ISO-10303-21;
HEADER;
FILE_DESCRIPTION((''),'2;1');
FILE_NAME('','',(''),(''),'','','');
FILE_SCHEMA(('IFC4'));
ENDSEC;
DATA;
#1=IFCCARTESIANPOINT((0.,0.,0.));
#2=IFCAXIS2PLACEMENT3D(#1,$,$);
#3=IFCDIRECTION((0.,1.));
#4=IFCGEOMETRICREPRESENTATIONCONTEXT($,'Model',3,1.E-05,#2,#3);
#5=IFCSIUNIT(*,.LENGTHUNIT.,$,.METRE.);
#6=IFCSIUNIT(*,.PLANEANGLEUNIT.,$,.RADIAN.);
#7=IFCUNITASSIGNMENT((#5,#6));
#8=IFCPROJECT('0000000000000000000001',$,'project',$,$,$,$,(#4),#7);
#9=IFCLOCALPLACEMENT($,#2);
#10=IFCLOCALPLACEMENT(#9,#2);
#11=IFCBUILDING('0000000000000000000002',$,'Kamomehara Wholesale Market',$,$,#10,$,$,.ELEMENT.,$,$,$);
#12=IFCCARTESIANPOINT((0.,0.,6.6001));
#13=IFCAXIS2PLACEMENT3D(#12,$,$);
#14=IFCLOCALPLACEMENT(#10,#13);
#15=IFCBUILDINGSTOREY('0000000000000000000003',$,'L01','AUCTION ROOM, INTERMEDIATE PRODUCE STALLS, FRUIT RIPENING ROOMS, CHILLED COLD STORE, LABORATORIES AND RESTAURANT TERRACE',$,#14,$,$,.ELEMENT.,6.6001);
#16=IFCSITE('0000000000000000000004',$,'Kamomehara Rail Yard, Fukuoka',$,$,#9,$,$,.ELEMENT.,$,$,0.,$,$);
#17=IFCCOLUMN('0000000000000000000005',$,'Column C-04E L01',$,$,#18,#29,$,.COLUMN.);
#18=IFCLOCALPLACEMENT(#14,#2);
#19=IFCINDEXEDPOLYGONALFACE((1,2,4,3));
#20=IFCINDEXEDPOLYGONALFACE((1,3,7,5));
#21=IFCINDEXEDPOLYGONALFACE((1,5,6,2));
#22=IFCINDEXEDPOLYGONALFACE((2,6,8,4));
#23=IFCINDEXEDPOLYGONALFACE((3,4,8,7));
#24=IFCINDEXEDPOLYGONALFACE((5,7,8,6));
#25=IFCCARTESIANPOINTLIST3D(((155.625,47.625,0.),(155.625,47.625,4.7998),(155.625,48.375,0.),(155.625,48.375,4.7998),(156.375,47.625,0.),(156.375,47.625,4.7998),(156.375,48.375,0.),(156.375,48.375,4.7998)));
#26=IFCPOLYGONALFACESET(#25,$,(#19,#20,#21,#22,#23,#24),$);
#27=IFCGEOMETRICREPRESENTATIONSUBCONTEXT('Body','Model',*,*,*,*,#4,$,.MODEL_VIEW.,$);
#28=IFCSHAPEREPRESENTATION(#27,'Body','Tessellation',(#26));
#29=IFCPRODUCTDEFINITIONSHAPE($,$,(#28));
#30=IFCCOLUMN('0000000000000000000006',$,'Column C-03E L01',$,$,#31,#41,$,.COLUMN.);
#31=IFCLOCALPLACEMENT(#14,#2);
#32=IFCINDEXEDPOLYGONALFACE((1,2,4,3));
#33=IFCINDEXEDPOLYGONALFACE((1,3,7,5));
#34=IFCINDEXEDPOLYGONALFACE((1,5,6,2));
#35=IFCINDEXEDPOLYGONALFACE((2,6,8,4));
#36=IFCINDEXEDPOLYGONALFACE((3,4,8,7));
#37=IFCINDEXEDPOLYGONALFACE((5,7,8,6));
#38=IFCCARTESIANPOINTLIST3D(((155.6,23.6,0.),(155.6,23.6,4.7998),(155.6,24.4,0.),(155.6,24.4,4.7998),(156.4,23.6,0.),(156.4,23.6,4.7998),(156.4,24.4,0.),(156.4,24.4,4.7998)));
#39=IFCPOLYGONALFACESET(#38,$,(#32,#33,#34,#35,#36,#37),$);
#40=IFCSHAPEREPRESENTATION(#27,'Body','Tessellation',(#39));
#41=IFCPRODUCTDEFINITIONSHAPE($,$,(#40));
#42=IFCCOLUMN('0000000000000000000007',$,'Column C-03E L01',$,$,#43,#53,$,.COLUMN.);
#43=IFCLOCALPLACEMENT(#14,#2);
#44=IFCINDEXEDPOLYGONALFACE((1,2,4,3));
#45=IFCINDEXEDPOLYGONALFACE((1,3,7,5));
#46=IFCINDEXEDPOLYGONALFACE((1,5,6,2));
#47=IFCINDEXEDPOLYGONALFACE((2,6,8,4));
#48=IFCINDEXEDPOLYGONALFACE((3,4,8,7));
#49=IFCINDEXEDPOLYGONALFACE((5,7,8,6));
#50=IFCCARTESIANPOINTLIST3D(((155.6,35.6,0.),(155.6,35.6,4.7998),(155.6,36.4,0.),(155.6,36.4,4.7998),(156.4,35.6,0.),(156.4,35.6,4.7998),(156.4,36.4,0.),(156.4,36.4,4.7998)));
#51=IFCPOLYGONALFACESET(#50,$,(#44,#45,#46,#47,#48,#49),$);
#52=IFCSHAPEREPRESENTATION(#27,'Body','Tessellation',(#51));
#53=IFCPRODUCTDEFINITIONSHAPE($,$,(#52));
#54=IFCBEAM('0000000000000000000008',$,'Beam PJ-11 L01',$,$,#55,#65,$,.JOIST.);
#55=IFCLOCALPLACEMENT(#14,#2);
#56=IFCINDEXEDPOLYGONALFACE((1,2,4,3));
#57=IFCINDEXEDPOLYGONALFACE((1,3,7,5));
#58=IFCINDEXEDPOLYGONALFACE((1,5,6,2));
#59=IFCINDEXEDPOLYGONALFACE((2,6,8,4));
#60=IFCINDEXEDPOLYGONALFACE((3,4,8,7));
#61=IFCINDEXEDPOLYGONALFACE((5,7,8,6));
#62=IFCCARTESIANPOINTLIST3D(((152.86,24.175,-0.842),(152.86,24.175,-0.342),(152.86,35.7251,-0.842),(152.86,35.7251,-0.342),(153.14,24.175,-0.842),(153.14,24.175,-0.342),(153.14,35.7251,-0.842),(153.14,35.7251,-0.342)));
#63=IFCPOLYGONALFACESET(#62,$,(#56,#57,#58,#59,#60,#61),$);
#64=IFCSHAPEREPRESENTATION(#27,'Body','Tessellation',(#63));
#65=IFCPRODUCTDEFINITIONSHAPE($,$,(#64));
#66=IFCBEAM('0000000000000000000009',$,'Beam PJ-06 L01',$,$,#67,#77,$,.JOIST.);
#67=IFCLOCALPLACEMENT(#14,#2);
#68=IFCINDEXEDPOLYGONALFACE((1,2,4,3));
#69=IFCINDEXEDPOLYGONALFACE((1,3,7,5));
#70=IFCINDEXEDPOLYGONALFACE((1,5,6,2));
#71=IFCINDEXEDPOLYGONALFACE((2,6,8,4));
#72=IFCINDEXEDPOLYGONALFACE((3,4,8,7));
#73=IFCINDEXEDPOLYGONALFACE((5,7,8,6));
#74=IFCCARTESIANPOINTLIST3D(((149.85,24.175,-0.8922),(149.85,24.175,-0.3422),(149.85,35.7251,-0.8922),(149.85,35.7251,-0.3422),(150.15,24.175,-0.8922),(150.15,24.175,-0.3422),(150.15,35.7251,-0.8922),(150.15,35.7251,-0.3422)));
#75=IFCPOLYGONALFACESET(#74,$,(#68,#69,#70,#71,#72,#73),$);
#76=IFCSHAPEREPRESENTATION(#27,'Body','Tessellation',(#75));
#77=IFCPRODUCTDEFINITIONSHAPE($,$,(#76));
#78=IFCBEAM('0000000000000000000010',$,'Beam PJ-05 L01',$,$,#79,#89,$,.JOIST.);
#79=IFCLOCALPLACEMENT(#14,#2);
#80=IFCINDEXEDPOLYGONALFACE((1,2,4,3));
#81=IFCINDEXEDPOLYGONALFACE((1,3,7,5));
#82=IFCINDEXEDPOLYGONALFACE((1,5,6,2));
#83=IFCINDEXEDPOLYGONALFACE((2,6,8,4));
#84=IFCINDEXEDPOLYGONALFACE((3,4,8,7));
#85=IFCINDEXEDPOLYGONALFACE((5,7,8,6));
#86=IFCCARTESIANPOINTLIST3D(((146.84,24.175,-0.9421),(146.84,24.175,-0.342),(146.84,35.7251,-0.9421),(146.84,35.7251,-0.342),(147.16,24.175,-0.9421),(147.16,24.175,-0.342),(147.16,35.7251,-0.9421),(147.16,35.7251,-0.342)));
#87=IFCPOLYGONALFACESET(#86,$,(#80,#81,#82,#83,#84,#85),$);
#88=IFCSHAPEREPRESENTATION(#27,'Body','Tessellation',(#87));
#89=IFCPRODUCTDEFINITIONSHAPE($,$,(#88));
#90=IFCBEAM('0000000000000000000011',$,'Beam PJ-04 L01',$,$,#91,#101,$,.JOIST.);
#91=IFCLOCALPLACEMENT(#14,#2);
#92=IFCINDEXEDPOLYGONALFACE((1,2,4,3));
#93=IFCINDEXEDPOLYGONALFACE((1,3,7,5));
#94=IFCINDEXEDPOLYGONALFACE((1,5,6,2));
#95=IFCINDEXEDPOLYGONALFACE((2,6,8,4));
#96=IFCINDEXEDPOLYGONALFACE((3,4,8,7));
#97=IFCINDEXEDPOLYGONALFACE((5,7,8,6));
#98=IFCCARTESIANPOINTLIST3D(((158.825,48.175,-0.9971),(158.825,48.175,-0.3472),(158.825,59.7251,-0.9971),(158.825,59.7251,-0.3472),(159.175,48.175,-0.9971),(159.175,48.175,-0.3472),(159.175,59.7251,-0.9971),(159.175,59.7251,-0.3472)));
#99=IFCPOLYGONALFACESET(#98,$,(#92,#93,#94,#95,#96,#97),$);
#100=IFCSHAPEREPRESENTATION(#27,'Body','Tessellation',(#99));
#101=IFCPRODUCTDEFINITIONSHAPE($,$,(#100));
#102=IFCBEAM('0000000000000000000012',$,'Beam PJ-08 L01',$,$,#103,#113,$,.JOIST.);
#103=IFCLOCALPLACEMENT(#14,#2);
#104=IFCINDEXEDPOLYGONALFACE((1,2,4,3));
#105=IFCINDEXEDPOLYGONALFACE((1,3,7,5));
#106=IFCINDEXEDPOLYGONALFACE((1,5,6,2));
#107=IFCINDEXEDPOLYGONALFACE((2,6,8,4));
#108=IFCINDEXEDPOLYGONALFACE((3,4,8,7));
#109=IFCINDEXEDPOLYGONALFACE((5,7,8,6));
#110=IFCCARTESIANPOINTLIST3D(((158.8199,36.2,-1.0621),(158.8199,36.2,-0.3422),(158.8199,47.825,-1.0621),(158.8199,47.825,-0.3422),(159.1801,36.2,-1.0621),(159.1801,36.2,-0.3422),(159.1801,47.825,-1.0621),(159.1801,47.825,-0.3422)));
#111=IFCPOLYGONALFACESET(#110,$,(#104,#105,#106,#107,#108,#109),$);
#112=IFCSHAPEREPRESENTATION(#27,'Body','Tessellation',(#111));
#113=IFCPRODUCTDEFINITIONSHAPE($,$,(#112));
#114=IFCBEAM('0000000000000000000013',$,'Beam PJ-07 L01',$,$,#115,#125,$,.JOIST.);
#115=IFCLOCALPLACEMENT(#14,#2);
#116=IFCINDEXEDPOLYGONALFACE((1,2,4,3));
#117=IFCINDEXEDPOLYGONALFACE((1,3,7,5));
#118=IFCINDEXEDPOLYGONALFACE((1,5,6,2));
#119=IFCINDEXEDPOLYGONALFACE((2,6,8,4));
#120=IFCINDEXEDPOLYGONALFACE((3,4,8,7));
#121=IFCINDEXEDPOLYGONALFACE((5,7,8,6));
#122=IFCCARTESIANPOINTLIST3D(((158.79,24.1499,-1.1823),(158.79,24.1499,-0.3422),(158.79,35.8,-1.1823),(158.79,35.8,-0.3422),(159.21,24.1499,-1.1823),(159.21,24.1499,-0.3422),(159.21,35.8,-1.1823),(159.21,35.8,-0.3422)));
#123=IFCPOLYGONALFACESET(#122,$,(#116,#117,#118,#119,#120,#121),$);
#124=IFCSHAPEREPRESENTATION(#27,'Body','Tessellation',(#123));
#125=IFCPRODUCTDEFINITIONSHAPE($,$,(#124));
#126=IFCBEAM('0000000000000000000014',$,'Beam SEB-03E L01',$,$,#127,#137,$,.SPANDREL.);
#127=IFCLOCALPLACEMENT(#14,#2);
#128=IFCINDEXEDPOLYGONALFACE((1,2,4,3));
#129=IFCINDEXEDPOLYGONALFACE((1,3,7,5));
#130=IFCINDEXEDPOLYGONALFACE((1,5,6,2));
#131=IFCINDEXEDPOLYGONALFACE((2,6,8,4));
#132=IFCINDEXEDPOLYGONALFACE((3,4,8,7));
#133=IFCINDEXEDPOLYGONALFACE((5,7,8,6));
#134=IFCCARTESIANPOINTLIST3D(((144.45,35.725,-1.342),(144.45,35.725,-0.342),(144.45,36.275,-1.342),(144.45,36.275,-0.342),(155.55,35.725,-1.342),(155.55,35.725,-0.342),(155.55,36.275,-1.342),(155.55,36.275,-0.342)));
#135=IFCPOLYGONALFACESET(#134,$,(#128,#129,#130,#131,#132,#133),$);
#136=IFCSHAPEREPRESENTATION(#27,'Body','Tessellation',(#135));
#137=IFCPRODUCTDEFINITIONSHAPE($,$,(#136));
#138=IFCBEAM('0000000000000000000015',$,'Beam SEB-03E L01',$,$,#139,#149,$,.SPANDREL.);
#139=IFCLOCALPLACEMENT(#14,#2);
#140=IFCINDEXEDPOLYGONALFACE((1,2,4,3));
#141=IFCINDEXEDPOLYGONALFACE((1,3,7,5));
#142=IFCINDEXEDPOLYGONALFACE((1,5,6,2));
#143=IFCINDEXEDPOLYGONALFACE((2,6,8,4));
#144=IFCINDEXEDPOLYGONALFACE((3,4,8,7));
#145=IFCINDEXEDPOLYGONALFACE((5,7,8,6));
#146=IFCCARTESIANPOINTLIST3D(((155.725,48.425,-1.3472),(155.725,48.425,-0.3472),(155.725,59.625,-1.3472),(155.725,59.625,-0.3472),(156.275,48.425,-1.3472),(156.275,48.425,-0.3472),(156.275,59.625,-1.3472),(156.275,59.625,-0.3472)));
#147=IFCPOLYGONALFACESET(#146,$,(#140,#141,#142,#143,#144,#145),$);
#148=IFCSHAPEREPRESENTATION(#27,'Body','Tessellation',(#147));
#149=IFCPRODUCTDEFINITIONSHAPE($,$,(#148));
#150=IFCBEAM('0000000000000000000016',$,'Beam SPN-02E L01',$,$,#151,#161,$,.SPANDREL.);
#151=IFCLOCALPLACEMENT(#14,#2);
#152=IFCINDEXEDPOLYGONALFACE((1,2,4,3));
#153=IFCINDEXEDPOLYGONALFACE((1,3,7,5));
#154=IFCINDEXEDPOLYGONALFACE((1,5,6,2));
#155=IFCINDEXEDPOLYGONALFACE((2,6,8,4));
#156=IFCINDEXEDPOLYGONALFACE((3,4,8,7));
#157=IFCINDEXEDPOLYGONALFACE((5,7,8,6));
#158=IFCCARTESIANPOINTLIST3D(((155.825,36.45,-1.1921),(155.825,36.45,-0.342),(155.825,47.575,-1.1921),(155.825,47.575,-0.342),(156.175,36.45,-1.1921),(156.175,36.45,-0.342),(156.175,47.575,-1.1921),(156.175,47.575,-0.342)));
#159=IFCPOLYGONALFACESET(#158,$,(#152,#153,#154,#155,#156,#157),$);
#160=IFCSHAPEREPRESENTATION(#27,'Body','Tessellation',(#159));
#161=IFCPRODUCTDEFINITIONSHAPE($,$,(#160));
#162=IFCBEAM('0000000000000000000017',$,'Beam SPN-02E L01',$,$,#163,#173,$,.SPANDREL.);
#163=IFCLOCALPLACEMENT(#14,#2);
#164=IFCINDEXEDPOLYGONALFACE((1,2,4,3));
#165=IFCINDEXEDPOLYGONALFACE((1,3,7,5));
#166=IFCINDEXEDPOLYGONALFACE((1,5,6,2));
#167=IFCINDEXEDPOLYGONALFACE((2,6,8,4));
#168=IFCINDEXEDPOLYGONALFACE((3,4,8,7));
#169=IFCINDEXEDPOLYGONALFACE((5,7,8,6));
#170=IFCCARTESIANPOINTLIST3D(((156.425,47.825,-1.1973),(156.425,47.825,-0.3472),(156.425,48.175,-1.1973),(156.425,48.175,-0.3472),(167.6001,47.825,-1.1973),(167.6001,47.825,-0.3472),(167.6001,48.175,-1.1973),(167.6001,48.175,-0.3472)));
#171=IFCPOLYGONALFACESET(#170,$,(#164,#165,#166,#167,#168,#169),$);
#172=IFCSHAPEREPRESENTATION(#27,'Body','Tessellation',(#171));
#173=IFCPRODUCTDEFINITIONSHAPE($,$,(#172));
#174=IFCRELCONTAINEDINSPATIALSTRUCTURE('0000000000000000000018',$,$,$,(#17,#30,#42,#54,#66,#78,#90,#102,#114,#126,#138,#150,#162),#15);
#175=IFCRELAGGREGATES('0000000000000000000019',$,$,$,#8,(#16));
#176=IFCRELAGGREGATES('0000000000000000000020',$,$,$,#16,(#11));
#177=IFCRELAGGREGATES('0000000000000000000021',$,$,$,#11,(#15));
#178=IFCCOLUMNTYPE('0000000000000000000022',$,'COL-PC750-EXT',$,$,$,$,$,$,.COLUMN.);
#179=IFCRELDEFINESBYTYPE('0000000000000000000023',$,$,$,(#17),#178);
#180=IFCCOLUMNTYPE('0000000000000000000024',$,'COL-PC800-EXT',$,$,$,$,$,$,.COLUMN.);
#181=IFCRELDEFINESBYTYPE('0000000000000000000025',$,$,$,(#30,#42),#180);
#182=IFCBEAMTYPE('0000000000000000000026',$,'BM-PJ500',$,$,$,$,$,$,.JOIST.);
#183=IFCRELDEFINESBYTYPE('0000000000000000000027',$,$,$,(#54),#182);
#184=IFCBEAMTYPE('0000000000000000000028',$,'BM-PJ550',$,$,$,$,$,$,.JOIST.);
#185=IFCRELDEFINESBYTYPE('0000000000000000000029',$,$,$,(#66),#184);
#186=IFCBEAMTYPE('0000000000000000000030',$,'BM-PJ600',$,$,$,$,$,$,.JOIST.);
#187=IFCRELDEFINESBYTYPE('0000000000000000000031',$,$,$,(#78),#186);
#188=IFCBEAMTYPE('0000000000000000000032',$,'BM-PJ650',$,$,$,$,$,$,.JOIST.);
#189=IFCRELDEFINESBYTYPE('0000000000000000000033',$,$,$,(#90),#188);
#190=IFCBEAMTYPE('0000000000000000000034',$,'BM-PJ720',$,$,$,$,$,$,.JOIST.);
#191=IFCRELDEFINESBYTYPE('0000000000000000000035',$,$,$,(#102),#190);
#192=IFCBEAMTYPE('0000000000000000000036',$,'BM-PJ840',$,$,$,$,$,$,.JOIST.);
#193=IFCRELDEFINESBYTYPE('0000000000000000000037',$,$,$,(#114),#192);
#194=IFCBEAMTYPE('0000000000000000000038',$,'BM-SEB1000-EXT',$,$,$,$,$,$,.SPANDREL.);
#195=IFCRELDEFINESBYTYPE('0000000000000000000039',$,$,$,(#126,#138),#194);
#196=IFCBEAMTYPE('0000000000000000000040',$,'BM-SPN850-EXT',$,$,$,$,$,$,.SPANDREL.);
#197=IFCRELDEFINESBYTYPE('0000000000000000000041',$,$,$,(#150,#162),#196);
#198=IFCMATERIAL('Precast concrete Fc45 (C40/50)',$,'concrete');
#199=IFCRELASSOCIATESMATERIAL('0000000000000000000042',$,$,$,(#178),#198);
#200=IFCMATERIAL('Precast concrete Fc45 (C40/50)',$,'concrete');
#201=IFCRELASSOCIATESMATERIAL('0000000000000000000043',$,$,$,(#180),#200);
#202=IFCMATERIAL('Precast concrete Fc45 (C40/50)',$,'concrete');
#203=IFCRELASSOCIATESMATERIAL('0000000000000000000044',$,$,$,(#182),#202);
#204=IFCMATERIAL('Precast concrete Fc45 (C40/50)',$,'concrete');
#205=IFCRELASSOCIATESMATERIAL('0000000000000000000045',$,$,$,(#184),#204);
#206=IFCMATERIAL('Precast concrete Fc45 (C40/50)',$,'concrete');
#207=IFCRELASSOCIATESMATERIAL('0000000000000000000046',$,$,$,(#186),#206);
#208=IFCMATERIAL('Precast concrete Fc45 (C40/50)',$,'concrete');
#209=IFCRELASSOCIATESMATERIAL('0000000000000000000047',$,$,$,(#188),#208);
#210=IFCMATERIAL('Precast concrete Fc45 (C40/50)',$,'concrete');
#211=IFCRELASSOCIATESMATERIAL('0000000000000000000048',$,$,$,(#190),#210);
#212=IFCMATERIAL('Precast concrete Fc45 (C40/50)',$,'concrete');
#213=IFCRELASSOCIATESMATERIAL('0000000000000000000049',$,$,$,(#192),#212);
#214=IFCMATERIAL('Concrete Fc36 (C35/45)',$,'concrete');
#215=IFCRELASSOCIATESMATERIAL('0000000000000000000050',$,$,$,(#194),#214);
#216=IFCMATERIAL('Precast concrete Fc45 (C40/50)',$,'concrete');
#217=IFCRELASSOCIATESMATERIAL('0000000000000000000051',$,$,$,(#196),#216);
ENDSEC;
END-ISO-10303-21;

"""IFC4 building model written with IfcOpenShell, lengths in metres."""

from ifc_helpers import new_model, si_unit, direction, frame, origin, origin_2d, place, context, subcontext, project, spatial, rectangle, extrude, material, material_profile, profile_set, type_object, element, save


model = new_model("IFC4")

# Units and contexts
model_context = context("Model", 3, precision=1e-05, world=origin(), true_north=direction((0.0, 1.0)))
body_context = subcontext(model_context, "Body", "Model", "MODEL_VIEW")
ifc_project = project(units=[si_unit("LENGTHUNIT", "METRE"), si_unit("PLANEANGLEUNIT", "RADIAN")], contexts=[model_context])

# Site, building, storey
site_placement = place(None, origin())
site = spatial("IfcSite", under=ifc_project, at=site_placement, Name="Kamomehara Rail Yard, Fukuoka", CompositionType="ELEMENT", RefElevation=0.0)
building_placement = place(site_placement, origin())
building = spatial("IfcBuilding", under=site, at=building_placement, Name="Kamomehara Wholesale Market", CompositionType="ELEMENT")
storey_placement = place(building_placement, frame((0.0, 0.0, 6.6001)))
storey = spatial("IfcBuildingStorey", under=building, at=storey_placement, Name="L01", Description="AUCTION ROOM, INTERMEDIATE PRODUCE STALLS, FRUIT RIPENING ROOMS, CHILLED COLD STORE, LABORATORIES AND RESTAURANT TERRACE", CompositionType="ELEMENT", Elevation=6.6001)

# Columns
ifc_material_1 = material(Name="Precast concrete Fc45 (C40/50)", Category="concrete")
ifc_material_profile_1 = material_profile(ifc_material_1, rectangle(XDim=0.75, YDim=0.75, at=origin_2d()), Name="PC-COL-750x750")
ifc_profile_set_1 = profile_set([ifc_material_profile_1], Name="Precast concrete Fc45 (C40/50)")
column_type_1 = type_object("IfcColumnType", Name="COL-PC750-EXT", PredefinedType="COLUMN", material=ifc_profile_set_1)
column_placement = place(storey_placement, frame((156.0, 48.0, 0.0), z_axis=(0.0, 0.0, 1.0), x_axis=(1.0, 0.0, 0.0)))
element("IfcColumn", 1, at=column_placement, inside=storey, type_object=column_type_1, Name="Column C-04E L01", PredefinedType="COLUMN", context=body_context, shape_type="SweptSolid", body=[
    extrude(rectangle(XDim=0.75, YDim=0.75, at=origin_2d()), origin(), (0.0, 0.0, 1.0), 4.7998),
])
ifc_material_2 = material(Name="Precast concrete Fc45 (C40/50)", Category="concrete")
ifc_material_profile_2 = material_profile(ifc_material_2, rectangle(XDim=0.8, YDim=0.8, at=origin_2d()), Name="PC-COL-800x800")
ifc_profile_set_2 = profile_set([ifc_material_profile_2], Name="Precast concrete Fc45 (C40/50)")
column_type_2 = type_object("IfcColumnType", Name="COL-PC800-EXT", PredefinedType="COLUMN", material=ifc_profile_set_2)
for number, where, z_axis, x_axis, name in (
    (2, (156.0, 24.0, 0.0), (0.0, 0.0, 1.0), (1.0, 0.0, 0.0), "Column C-03E L01"),
    (3, (156.0, 36.0, 0.0), (0.0, 0.0, 1.0), (1.0, 0.0, 0.0), "Column C-03E L01"),
):
    element("IfcColumn", number, at=place(storey_placement, frame(where, z_axis=z_axis, x_axis=x_axis)), inside=storey, type_object=column_type_2, Name=name, PredefinedType="COLUMN", context=body_context, shape_type="SweptSolid", body=[
        extrude(rectangle(XDim=0.8, YDim=0.8, at=origin_2d()), origin(), (0.0, 0.0, 1.0), 4.7998),
    ])

# Beams
ifc_material_3 = material(Name="Precast concrete Fc45 (C40/50)", Category="concrete")
ifc_material_profile_3 = material_profile(ifc_material_3, rectangle(XDim=0.28, YDim=0.5, at=origin_2d()), Name="PC-JST-280x500")
ifc_profile_set_3 = profile_set([ifc_material_profile_3], Name="Precast concrete Fc45 (C40/50)")
beam_type_1 = type_object("IfcBeamType", Name="BM-PJ500", PredefinedType="JOIST", material=ifc_profile_set_3)
beam_1_placement = place(storey_placement, frame((153.0, 24.175, -0.592), z_axis=(0.0, 1.0, 0.0), x_axis=(-1.0, 0.0, 0.0)))
element("IfcBeam", 4, at=beam_1_placement, inside=storey, type_object=beam_type_1, Name="Beam PJ-11 L01", PredefinedType="JOIST", context=body_context, shape_type="SweptSolid", body=[
    extrude(rectangle(XDim=0.28, YDim=0.5, at=origin_2d()), origin(), (0.0, 0.0, 1.0), 11.55),
])
ifc_material_4 = material(Name="Precast concrete Fc45 (C40/50)", Category="concrete")
ifc_material_profile_4 = material_profile(ifc_material_4, rectangle(XDim=0.3, YDim=0.55, at=origin_2d()), Name="PC-JST-300x550")
ifc_profile_set_4 = profile_set([ifc_material_profile_4], Name="Precast concrete Fc45 (C40/50)")
beam_type_2 = type_object("IfcBeamType", Name="BM-PJ550", PredefinedType="JOIST", material=ifc_profile_set_4)
beam_2_placement = place(storey_placement, frame((150.0, 24.175, -0.6172), z_axis=(0.0, 1.0, 0.0), x_axis=(-1.0, 0.0, 0.0)))
element("IfcBeam", 5, at=beam_2_placement, inside=storey, type_object=beam_type_2, Name="Beam PJ-06 L01", PredefinedType="JOIST", context=body_context, shape_type="SweptSolid", body=[
    extrude(rectangle(XDim=0.3, YDim=0.55, at=origin_2d()), origin(), (0.0, 0.0, 1.0), 11.55),
])
ifc_material_5 = material(Name="Precast concrete Fc45 (C40/50)", Category="concrete")
ifc_material_profile_5 = material_profile(ifc_material_5, rectangle(XDim=0.3201, YDim=0.6001, at=origin_2d()), Name="PC-JST-320x600")
ifc_profile_set_5 = profile_set([ifc_material_profile_5], Name="Precast concrete Fc45 (C40/50)")
beam_type_3 = type_object("IfcBeamType", Name="BM-PJ600", PredefinedType="JOIST", material=ifc_profile_set_5)
beam_3_placement = place(storey_placement, frame((147.0, 24.175, -0.6421), z_axis=(0.0, 1.0, 0.0), x_axis=(-1.0, 0.0, 0.0)))
element("IfcBeam", 6, at=beam_3_placement, inside=storey, type_object=beam_type_3, Name="Beam PJ-05 L01", PredefinedType="JOIST", context=body_context, shape_type="SweptSolid", body=[
    extrude(rectangle(XDim=0.3201, YDim=0.6001, at=origin_2d()), origin(), (0.0, 0.0, 1.0), 11.55),
])
ifc_material_6 = material(Name="Precast concrete Fc45 (C40/50)", Category="concrete")
ifc_material_profile_6 = material_profile(ifc_material_6, rectangle(XDim=0.3501, YDim=0.6499, at=origin_2d()), Name="PC-JST-350x650")
ifc_profile_set_6 = profile_set([ifc_material_profile_6], Name="Precast concrete Fc45 (C40/50)")
beam_type_4 = type_object("IfcBeamType", Name="BM-PJ650", PredefinedType="JOIST", material=ifc_profile_set_6)
beam_4_placement = place(storey_placement, frame((159.0, 48.175, -0.6721), z_axis=(0.0, 1.0, 0.0), x_axis=(-1.0, 0.0, 0.0)))
element("IfcBeam", 7, at=beam_4_placement, inside=storey, type_object=beam_type_4, Name="Beam PJ-04 L01", PredefinedType="JOIST", context=body_context, shape_type="SweptSolid", body=[
    extrude(rectangle(XDim=0.3501, YDim=0.6499, at=origin_2d()), origin(), (0.0, 0.0, 1.0), 11.55),
])
ifc_material_7 = material(Name="Precast concrete Fc45 (C40/50)", Category="concrete")
ifc_material_profile_7 = material_profile(ifc_material_7, rectangle(XDim=0.3601, YDim=0.72, at=origin_2d()), Name="PC-JST-360x720")
ifc_profile_set_7 = profile_set([ifc_material_profile_7], Name="Precast concrete Fc45 (C40/50)")
beam_type_5 = type_object("IfcBeamType", Name="BM-PJ720", PredefinedType="JOIST", material=ifc_profile_set_7)
beam_5_placement = place(storey_placement, frame((159.0, 36.2, -0.7021), z_axis=(0.0, 1.0, 0.0), x_axis=(-1.0, 0.0, 0.0)))
element("IfcBeam", 8, at=beam_5_placement, inside=storey, type_object=beam_type_5, Name="Beam PJ-08 L01", PredefinedType="JOIST", context=body_context, shape_type="SweptSolid", body=[
    extrude(rectangle(XDim=0.3601, YDim=0.72, at=origin_2d()), origin(), (0.0, 0.0, 1.0), 11.625),
])
ifc_material_8 = material(Name="Precast concrete Fc45 (C40/50)", Category="concrete")
ifc_material_profile_8 = material_profile(ifc_material_8, rectangle(XDim=0.4199, YDim=0.8401, at=origin_2d()), Name="PC-JST-420x840")
ifc_profile_set_8 = profile_set([ifc_material_profile_8], Name="Precast concrete Fc45 (C40/50)")
beam_type_6 = type_object("IfcBeamType", Name="BM-PJ840", PredefinedType="JOIST", material=ifc_profile_set_8)
beam_6_placement = place(storey_placement, frame((159.0, 24.1499, -0.7622), z_axis=(0.0, 1.0, 0.0), x_axis=(-1.0, 0.0, 0.0)))
element("IfcBeam", 9, at=beam_6_placement, inside=storey, type_object=beam_type_6, Name="Beam PJ-07 L01", PredefinedType="JOIST", context=body_context, shape_type="SweptSolid", body=[
    extrude(rectangle(XDim=0.4199, YDim=0.8401, at=origin_2d()), origin(), (0.0, 0.0, 1.0), 11.6501),
])
ifc_material_9 = material(Name="Concrete Fc36 (C35/45)", Category="concrete")
ifc_material_profile_9 = material_profile(ifc_material_9, rectangle(XDim=0.55, YDim=1.0, at=origin_2d()), Name="RC-SEB-550x1000")
ifc_profile_set_9 = profile_set([ifc_material_profile_9], Name="Concrete Fc36 (C35/45)")
beam_type_7 = type_object("IfcBeamType", Name="BM-SEB1000-EXT", PredefinedType="SPANDREL", material=ifc_profile_set_9)
beam_7_placement = place(storey_placement, frame((144.45, 36.0, -0.842), z_axis=(1.0, 0.0, 0.0), x_axis=(0.0, 1.0, 0.0)))
element("IfcBeam", 10, at=beam_7_placement, inside=storey, type_object=beam_type_7, Name="Beam SEB-03E L01", PredefinedType="SPANDREL", context=body_context, shape_type="SweptSolid", body=[
    extrude(rectangle(XDim=0.55, YDim=1.0, at=origin_2d()), origin(), (0.0, 0.0, 1.0), 11.1001),
])
beam_8_placement = place(storey_placement, frame((156.0, 48.425, -0.8472), z_axis=(0.0, 1.0, 0.0), x_axis=(-1.0, 0.0, 0.0)))
element("IfcBeam", 11, at=beam_8_placement, inside=storey, type_object=beam_type_7, Name="Beam SEB-03E L01", PredefinedType="SPANDREL", context=body_context, shape_type="SweptSolid", body=[
    extrude(rectangle(XDim=0.55, YDim=1.0, at=origin_2d()), origin(), (0.0, 0.0, 1.0), 11.2),
])
ifc_material_10 = material(Name="Precast concrete Fc45 (C40/50)", Category="concrete")
ifc_material_profile_10 = material_profile(ifc_material_10, rectangle(XDim=0.3501, YDim=0.8501, at=origin_2d()), Name="PC-SPN-350x850")
ifc_profile_set_10 = profile_set([ifc_material_profile_10], Name="Precast concrete Fc45 (C40/50)")
beam_type_8 = type_object("IfcBeamType", Name="BM-SPN850-EXT", PredefinedType="SPANDREL", material=ifc_profile_set_10)
beam_9_placement = place(storey_placement, frame((156.0, 36.45, -0.7671), z_axis=(0.0, 1.0, 0.0), x_axis=(-1.0, 0.0, 0.0)))
element("IfcBeam", 12, at=beam_9_placement, inside=storey, type_object=beam_type_8, Name="Beam SPN-02E L01", PredefinedType="SPANDREL", context=body_context, shape_type="SweptSolid", body=[
    extrude(rectangle(XDim=0.3501, YDim=0.8501, at=origin_2d()), origin(), (0.0, 0.0, 1.0), 11.125),
])
beam_10_placement = place(storey_placement, frame((156.425, 48.0, -0.7722), z_axis=(1.0, 0.0, 0.0), x_axis=(0.0, 1.0, 0.0)))
element("IfcBeam", 13, at=beam_10_placement, inside=storey, type_object=beam_type_8, Name="Beam SPN-02E L01", PredefinedType="SPANDREL", context=body_context, shape_type="SweptSolid", body=[
    extrude(rectangle(XDim=0.3501, YDim=0.8501, at=origin_2d()), origin(), (0.0, 0.0, 1.0), 11.175),
])

save(model, "model.ifc")
